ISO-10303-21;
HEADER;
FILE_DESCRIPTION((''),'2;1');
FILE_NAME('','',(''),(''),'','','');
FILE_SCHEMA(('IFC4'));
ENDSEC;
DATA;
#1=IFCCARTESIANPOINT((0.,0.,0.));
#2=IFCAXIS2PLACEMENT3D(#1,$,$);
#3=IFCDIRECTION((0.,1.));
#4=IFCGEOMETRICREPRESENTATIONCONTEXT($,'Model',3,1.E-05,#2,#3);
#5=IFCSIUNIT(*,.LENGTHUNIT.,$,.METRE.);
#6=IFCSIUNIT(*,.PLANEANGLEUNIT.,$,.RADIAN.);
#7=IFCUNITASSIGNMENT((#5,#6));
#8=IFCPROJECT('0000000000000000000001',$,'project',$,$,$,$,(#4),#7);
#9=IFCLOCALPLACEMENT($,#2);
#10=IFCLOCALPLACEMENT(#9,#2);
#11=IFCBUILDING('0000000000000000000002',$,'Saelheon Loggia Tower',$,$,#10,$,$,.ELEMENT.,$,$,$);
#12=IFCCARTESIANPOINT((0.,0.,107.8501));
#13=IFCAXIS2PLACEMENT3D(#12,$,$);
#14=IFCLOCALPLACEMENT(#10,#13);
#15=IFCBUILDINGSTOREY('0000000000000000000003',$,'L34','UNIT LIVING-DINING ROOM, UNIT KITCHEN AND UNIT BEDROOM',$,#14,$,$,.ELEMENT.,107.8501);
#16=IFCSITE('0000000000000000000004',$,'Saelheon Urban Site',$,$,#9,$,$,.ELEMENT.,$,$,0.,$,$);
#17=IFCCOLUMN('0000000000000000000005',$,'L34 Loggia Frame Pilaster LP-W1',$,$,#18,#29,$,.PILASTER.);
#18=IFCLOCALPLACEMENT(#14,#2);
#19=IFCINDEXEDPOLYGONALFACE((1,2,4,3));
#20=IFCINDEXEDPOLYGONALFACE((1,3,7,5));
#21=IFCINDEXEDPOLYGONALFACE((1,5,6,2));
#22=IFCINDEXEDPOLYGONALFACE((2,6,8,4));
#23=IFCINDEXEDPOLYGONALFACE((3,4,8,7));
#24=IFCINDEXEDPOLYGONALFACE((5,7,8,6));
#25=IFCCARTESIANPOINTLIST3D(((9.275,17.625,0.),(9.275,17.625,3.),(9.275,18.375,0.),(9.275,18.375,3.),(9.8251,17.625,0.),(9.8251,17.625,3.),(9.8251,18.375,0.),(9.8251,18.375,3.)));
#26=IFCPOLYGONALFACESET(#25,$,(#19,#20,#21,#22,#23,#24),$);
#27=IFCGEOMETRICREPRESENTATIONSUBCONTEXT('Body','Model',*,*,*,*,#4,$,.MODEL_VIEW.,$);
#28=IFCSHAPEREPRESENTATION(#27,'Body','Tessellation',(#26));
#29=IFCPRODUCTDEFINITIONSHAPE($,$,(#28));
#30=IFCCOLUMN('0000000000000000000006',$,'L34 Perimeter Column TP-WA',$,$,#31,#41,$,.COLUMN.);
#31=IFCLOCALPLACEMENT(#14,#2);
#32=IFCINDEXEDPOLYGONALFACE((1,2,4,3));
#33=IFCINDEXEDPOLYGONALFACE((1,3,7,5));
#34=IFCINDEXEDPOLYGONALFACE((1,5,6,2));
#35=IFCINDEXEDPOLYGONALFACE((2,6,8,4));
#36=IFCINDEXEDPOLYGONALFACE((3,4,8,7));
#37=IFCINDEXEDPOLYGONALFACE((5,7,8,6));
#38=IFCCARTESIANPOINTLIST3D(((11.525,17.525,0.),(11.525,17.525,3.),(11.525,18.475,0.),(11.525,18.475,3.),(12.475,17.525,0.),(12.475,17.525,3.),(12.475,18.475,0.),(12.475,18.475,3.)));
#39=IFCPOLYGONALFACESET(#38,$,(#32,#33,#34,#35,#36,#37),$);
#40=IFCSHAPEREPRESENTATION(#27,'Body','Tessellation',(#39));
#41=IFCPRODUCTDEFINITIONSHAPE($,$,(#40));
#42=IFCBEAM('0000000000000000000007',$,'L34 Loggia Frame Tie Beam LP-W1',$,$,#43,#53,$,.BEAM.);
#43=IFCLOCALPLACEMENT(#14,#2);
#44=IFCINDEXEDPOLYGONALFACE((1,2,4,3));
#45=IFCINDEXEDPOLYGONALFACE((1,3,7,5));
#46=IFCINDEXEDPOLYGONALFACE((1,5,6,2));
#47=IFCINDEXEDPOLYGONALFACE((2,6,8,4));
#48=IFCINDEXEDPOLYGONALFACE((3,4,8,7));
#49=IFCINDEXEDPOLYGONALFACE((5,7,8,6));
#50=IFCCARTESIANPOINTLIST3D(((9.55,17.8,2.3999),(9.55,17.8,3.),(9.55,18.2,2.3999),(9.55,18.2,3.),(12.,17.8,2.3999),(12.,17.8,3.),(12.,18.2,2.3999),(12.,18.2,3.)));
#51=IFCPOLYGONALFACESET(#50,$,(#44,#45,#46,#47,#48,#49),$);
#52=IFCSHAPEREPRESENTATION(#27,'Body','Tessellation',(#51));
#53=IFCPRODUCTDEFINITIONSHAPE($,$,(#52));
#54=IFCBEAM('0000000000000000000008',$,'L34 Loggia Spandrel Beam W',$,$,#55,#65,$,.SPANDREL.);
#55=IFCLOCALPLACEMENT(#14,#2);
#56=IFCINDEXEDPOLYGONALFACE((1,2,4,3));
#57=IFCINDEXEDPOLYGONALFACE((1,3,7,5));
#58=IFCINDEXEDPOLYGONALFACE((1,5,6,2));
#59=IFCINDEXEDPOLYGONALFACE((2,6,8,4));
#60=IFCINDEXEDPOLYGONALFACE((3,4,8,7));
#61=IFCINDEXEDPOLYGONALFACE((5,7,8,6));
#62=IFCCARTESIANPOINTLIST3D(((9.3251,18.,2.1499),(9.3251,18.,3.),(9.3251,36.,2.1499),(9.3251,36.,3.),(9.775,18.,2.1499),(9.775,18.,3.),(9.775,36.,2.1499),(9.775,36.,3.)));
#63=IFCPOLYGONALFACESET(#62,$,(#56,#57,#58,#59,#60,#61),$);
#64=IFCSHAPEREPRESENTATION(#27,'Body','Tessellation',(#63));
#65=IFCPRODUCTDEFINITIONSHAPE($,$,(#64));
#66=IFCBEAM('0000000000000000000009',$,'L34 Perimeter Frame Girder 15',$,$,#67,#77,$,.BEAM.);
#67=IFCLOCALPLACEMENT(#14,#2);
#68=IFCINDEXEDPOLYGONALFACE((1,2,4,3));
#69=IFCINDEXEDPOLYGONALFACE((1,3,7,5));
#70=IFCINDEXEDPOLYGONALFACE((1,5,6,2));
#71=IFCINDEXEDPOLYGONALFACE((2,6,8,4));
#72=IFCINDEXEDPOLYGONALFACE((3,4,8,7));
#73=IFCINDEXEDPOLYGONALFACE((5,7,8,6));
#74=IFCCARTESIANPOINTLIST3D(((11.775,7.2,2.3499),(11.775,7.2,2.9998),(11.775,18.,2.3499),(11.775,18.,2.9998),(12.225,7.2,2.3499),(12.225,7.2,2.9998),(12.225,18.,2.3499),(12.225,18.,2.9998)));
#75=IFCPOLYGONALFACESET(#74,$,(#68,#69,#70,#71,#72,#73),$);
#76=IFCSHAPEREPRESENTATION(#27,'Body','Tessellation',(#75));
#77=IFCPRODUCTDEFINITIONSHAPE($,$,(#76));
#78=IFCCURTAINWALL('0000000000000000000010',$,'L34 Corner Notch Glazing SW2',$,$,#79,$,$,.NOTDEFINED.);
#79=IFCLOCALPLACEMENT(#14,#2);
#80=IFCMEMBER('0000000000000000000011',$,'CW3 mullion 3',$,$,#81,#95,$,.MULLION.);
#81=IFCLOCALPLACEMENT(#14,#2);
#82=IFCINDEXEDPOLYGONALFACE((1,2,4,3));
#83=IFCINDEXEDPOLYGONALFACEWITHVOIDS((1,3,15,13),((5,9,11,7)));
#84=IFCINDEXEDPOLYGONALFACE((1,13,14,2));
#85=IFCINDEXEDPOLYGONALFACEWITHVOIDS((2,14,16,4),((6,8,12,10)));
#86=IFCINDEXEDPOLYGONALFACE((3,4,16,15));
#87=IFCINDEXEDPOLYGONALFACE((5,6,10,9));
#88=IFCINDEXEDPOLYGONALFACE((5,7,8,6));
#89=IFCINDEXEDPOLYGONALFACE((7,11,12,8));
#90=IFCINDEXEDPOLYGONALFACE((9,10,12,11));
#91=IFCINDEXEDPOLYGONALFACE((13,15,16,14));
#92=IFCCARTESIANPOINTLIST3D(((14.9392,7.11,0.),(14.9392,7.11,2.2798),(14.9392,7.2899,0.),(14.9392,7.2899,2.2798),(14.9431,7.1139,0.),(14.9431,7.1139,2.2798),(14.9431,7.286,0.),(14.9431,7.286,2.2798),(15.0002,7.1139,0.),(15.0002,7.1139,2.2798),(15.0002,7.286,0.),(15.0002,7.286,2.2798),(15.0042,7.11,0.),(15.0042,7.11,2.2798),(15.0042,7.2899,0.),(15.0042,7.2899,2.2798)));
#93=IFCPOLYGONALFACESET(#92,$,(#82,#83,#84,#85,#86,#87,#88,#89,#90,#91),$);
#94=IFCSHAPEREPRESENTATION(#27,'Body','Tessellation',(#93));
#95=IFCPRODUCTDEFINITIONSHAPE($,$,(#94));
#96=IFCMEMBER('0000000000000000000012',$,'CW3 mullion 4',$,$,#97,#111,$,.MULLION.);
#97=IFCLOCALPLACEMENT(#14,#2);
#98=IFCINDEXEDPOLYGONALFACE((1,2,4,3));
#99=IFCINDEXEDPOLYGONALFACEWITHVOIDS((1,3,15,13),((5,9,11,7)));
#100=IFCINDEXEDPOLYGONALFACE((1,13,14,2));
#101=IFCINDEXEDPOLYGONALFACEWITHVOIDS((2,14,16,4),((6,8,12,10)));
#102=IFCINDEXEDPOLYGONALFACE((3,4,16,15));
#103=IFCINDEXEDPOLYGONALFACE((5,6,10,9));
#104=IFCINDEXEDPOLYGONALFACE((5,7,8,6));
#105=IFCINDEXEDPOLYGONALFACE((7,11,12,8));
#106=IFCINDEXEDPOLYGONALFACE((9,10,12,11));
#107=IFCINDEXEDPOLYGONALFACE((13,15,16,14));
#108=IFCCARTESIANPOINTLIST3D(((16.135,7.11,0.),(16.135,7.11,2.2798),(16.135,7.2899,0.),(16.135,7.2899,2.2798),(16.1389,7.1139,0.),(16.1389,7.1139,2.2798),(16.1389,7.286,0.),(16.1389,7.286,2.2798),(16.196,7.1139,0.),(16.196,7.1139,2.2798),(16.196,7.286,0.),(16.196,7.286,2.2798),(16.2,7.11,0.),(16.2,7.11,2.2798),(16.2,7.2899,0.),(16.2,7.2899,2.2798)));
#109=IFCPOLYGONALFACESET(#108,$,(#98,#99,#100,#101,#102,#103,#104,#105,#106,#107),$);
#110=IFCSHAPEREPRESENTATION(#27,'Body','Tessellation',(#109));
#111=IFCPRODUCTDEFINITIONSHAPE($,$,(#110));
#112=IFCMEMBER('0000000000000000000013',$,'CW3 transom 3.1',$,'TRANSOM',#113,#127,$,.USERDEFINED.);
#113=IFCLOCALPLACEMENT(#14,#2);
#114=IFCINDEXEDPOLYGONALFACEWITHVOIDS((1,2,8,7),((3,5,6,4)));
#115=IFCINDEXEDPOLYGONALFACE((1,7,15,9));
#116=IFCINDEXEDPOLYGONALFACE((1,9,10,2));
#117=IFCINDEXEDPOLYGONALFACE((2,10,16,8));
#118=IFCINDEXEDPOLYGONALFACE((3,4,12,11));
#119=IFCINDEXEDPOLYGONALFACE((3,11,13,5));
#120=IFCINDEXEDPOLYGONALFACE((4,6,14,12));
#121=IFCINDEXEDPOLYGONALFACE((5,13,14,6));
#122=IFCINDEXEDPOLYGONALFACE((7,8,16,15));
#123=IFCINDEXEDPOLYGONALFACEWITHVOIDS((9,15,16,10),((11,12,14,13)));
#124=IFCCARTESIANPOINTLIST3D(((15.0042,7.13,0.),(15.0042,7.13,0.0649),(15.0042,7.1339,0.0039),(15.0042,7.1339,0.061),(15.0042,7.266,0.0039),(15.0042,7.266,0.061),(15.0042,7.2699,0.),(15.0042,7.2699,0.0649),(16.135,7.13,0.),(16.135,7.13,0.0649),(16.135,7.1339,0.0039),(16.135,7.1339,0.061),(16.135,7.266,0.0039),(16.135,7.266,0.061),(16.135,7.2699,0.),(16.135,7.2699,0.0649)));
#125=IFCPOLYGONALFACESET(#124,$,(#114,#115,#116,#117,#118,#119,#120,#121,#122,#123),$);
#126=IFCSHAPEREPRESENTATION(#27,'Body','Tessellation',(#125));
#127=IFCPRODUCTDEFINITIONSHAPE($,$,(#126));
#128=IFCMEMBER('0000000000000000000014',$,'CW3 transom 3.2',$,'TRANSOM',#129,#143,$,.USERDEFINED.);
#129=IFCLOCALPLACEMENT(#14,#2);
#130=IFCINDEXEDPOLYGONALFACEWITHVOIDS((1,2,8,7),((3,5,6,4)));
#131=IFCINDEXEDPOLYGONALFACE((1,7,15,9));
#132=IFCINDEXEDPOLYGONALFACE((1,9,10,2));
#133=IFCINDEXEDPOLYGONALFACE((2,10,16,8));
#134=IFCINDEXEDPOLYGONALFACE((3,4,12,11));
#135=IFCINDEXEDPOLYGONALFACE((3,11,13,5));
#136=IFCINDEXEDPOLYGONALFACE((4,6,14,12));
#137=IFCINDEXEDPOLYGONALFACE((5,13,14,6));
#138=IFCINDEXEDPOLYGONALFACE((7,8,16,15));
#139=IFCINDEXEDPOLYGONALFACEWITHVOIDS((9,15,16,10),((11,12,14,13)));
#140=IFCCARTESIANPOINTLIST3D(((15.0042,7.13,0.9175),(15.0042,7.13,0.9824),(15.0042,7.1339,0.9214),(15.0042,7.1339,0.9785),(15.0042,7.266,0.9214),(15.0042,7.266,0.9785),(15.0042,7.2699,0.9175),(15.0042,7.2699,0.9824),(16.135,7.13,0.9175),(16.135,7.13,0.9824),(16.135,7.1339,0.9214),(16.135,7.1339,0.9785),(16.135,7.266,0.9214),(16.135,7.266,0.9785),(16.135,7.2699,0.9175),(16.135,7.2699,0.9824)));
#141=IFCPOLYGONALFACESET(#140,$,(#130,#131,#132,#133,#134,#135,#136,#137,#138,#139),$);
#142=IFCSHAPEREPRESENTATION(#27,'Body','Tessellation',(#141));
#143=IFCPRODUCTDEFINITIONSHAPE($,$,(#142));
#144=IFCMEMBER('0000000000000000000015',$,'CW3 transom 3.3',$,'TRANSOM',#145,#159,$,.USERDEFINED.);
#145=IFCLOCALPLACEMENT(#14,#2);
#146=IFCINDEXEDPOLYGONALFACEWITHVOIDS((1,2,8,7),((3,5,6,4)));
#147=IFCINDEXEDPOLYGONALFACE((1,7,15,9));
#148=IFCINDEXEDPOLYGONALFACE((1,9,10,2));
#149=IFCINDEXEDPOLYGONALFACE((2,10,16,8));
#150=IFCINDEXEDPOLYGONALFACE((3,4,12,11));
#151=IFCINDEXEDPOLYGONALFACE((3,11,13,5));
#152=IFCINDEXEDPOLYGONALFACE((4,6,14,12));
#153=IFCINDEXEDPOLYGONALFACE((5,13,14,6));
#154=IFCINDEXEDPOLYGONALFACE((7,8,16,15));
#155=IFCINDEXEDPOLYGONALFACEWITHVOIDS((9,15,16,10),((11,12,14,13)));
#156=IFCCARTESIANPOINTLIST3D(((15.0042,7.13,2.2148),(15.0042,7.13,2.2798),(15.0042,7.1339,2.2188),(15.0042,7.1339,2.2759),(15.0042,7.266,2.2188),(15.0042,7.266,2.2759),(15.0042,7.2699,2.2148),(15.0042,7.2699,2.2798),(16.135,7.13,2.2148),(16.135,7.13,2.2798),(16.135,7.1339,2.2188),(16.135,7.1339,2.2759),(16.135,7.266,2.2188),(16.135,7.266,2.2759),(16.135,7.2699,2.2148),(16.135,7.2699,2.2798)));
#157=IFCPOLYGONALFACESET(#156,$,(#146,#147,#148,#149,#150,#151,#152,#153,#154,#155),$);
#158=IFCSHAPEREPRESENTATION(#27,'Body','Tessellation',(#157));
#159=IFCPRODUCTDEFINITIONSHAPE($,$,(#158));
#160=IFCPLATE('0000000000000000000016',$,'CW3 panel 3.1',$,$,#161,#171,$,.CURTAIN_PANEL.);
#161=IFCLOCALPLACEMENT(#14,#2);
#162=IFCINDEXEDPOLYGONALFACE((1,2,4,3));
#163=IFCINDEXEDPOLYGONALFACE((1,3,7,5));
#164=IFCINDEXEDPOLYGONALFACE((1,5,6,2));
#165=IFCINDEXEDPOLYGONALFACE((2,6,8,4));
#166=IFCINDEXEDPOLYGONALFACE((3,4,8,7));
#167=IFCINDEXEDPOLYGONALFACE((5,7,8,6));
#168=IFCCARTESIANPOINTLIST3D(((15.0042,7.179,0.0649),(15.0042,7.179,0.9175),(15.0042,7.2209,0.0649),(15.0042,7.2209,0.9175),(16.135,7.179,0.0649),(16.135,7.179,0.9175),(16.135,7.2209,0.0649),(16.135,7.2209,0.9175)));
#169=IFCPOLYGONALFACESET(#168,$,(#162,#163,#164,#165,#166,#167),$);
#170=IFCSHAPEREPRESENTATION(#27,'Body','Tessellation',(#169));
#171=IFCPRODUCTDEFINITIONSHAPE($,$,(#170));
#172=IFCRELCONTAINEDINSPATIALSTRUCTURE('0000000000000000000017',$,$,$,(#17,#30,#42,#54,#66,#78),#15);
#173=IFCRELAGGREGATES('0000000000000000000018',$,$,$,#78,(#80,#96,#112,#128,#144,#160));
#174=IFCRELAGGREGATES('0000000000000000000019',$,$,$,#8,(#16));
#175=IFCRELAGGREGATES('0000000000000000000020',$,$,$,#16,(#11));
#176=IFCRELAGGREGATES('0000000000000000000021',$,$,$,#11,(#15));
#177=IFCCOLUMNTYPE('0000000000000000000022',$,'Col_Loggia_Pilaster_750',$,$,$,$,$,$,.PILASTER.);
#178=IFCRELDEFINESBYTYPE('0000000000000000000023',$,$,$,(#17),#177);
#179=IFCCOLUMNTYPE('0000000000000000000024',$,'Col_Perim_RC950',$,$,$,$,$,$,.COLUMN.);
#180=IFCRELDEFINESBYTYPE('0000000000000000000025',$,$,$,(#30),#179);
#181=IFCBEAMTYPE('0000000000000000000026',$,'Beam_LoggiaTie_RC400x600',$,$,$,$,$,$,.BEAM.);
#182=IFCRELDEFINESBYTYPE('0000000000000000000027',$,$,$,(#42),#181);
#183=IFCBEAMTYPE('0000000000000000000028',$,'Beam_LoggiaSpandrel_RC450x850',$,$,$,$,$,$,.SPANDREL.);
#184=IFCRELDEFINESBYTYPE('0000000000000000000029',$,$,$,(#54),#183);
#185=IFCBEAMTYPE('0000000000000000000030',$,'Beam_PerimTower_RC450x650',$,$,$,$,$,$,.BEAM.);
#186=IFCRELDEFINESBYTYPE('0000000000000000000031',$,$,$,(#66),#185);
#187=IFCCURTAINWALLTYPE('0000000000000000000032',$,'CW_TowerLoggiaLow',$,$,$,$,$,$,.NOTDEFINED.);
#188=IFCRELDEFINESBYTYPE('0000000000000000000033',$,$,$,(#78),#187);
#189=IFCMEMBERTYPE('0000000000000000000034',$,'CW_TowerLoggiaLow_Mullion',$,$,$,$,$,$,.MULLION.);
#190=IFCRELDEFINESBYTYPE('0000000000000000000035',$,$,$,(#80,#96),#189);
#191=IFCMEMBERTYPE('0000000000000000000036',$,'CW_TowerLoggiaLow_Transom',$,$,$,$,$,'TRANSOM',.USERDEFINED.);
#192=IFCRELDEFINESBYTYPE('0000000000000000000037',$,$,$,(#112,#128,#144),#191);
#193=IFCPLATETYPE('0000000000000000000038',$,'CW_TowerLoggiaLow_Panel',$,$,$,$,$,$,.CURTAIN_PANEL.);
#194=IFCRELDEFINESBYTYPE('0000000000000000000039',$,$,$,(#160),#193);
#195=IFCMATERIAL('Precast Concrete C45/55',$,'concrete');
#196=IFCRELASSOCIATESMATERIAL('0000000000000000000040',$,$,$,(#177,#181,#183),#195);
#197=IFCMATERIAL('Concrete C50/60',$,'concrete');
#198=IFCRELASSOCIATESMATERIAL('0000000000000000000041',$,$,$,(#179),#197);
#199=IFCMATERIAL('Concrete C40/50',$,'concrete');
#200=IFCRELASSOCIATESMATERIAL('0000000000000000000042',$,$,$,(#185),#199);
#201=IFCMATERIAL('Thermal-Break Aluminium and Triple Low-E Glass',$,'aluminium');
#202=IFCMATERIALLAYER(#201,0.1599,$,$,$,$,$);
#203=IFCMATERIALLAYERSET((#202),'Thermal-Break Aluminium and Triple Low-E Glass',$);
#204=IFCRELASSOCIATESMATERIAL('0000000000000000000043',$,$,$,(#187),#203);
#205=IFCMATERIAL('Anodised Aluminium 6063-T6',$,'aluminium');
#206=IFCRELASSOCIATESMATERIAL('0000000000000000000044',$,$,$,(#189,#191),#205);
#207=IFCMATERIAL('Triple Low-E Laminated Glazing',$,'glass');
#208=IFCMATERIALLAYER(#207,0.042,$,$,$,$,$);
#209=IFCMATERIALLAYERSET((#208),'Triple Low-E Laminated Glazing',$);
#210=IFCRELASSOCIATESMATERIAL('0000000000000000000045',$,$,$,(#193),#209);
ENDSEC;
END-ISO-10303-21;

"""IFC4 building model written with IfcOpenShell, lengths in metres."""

from ifc_helpers import new_model, si_unit, direction, frame, origin, origin_2d, place, context, subcontext, project, spatial, rectangle, hollow_rectangle, extrude, source, transform, mapped, material, layer, layer_set, material_profile, profile_set, type_object, element, aggregate, save


model = new_model("IFC4")

# Units and contexts
model_context = context("Model", 3, precision=1e-05, world=origin(), true_north=direction((0.0, 1.0)))
body_context = subcontext(model_context, "Body", "Model", "MODEL_VIEW")
ifc_project = project(units=[si_unit("LENGTHUNIT", "METRE"), si_unit("PLANEANGLEUNIT", "RADIAN")], contexts=[model_context])

# Site, building, storey
site_placement = place(None, origin())
site = spatial("IfcSite", under=ifc_project, at=site_placement, Name="Saelheon Urban Site", CompositionType="ELEMENT", RefElevation=0.0)
building_placement = place(site_placement, origin())
building = spatial("IfcBuilding", under=site, at=building_placement, Name="Saelheon Loggia Tower", CompositionType="ELEMENT")
storey_placement = place(building_placement, frame((0.0, 0.0, 107.8501)))
storey = spatial("IfcBuildingStorey", under=building, at=storey_placement, Name="L34", Description="UNIT LIVING-DINING ROOM, UNIT KITCHEN AND UNIT BEDROOM", CompositionType="ELEMENT", Elevation=107.8501)

# Columns
ifc_material_1 = material(Name="Precast Concrete C45/55", Category="concrete")
ifc_material_profile_1 = material_profile(ifc_material_1, rectangle(XDim=0.55, YDim=0.75, at=origin_2d()), Name="RC-550x750")
ifc_profile_set_1 = profile_set([ifc_material_profile_1], Name="Precast Concrete C45/55")
column_type_1 = type_object("IfcColumnType", Name="Col_Loggia_Pilaster_750", PredefinedType="PILASTER", material=ifc_profile_set_1)
shared_shape_1 = source(origin(), body_context, "Body", "SweptSolid", [
    extrude(rectangle(XDim=0.55, YDim=0.75, at=origin_2d()), origin(), (0.0, 0.0, 1.0), 3.0),
])
column_1_placement = place(storey_placement, frame((9.55, 18.0, 0.0), z_axis=(0.0, 0.0, 1.0), x_axis=(1.0, 0.0, 0.0)))
element("IfcColumn", 1, at=column_1_placement, inside=storey, type_object=column_type_1, Name="L34 Loggia Frame Pilaster LP-W1", PredefinedType="PILASTER", context=body_context, shape_type="MappedRepresentation", body=[
    mapped(shared_shape_1, transform((0.0, 0.0, 0.0), scale=1.0)),
])
ifc_material_2 = material(Name="Concrete C50/60", Category="concrete")
ifc_material_profile_2 = material_profile(ifc_material_2, rectangle(XDim=0.95, YDim=0.95, at=origin_2d()), Name="RC-950x950")
ifc_profile_set_2 = profile_set([ifc_material_profile_2], Name="Concrete C50/60")
column_type_2 = type_object("IfcColumnType", Name="Col_Perim_RC950", PredefinedType="COLUMN", material=ifc_profile_set_2)
shared_shape_2 = source(origin(), body_context, "Body", "SweptSolid", [
    extrude(rectangle(XDim=0.95, YDim=0.95, at=origin_2d()), origin(), (0.0, 0.0, 1.0), 3.0),
])
column_2_placement = place(storey_placement, frame((12.0, 18.0, 0.0), z_axis=(0.0, 0.0, 1.0), x_axis=(1.0, 0.0, 0.0)))
element("IfcColumn", 2, at=column_2_placement, inside=storey, type_object=column_type_2, Name="L34 Perimeter Column TP-WA", PredefinedType="COLUMN", context=body_context, shape_type="MappedRepresentation", body=[
    mapped(shared_shape_2, transform((0.0, 0.0, 0.0), scale=1.0)),
])

# Beams
ifc_material_profile_3 = material_profile(ifc_material_1, rectangle(XDim=0.3999, YDim=0.6001, at=origin_2d()), Name="RC-400x600")
ifc_profile_set_3 = profile_set([ifc_material_profile_3], Name="Precast Concrete C45/55")
beam_type_1 = type_object("IfcBeamType", Name="Beam_LoggiaTie_RC400x600", PredefinedType="BEAM", material=ifc_profile_set_3)
shared_shape_3 = source(origin(), body_context, "Body", "SweptSolid", [
    extrude(rectangle(XDim=0.3999, YDim=0.6001, at=origin_2d()), origin(), (0.0, 0.0, 1.0), 2.45),
])
beam_1_placement = place(storey_placement, frame((12.0, 18.0, 2.7), z_axis=(-1.0, 0.0, 0.0), x_axis=(0.0, -1.0, 0.0)))
element("IfcBeam", 3, at=beam_1_placement, inside=storey, type_object=beam_type_1, Name="L34 Loggia Frame Tie Beam LP-W1", PredefinedType="BEAM", context=body_context, shape_type="MappedRepresentation", body=[
    mapped(shared_shape_3, transform((0.0, 0.0, 0.0), scale=1.0)),
])
ifc_material_profile_4 = material_profile(ifc_material_1, rectangle(XDim=0.45, YDim=0.8501, at=origin_2d()), Name="RC-450x850")
ifc_profile_set_4 = profile_set([ifc_material_profile_4], Name="Precast Concrete C45/55")
beam_type_2 = type_object("IfcBeamType", Name="Beam_LoggiaSpandrel_RC450x850", PredefinedType="SPANDREL", material=ifc_profile_set_4)
shared_shape_4 = source(origin(), body_context, "Body", "SweptSolid", [
    extrude(rectangle(XDim=0.45, YDim=0.8501, at=origin_2d()), origin(), (0.0, 0.0, 1.0), 18.0),
])
beam_2_placement = place(storey_placement, frame((9.55, 18.0, 2.575), z_axis=(0.0, 1.0, 0.0), x_axis=(-1.0, 0.0, 0.0)))
element("IfcBeam", 4, at=beam_2_placement, inside=storey, type_object=beam_type_2, Name="L34 Loggia Spandrel Beam W", PredefinedType="SPANDREL", context=body_context, shape_type="MappedRepresentation", body=[
    mapped(shared_shape_4, transform((0.0, 0.0, 0.0), scale=1.0)),
])
ifc_material_3 = material(Name="Concrete C40/50", Category="concrete")
ifc_material_profile_5 = material_profile(ifc_material_3, rectangle(XDim=0.45, YDim=0.6499, at=origin_2d()), Name="RC-450x650")
ifc_profile_set_5 = profile_set([ifc_material_profile_5], Name="Concrete C40/50")
beam_type_3 = type_object("IfcBeamType", Name="Beam_PerimTower_RC450x650", PredefinedType="BEAM", material=ifc_profile_set_5)
shared_shape_5 = source(origin(), body_context, "Body", "SweptSolid", [
    extrude(rectangle(XDim=0.45, YDim=0.6499, at=origin_2d()), origin(), (0.0, 0.0, 1.0), 10.8),
])
beam_3_placement = place(storey_placement, frame((12.0, 18.0, 2.6748), z_axis=(0.0, -1.0, 0.0), x_axis=(1.0, 0.0, 0.0)))
element("IfcBeam", 5, at=beam_3_placement, inside=storey, type_object=beam_type_3, Name="L34 Perimeter Frame Girder 15", PredefinedType="BEAM", context=body_context, shape_type="MappedRepresentation", body=[
    mapped(shared_shape_5, transform((0.0, 0.0, 0.0), scale=1.0)),
])

# Curtain wall, members, plate
ifc_material_4 = material(Name="Thermal-Break Aluminium and Triple Low-E Glass", Category="aluminium")
ifc_layer_1 = layer(ifc_material_4, 0.1599)
ifc_layer_set_1 = layer_set([ifc_layer_1], Name="Thermal-Break Aluminium and Triple Low-E Glass")
curtain_wall_type = type_object("IfcCurtainWallType", Name="CW_TowerLoggiaLow", PredefinedType="NOTDEFINED", material=ifc_layer_set_1)
curtain_wall_placement = place(storey_placement, origin())
curtain_wall = element("IfcCurtainWall", 6, at=curtain_wall_placement, inside=storey, type_object=curtain_wall_type, Name="L34 Corner Notch Glazing SW2", PredefinedType="NOTDEFINED")
ifc_material_5 = material(Name="Anodised Aluminium 6063-T6", Category="aluminium")
ifc_material_profile_6 = material_profile(ifc_material_5, hollow_rectangle(XDim=0.0649, YDim=0.1799, WallThickness=0.0039, at=origin_2d()), Name="RHS-180x65x4")
ifc_profile_set_6 = profile_set([ifc_material_profile_6], Name="Anodised Aluminium 6063-T6")
member_type_1 = type_object("IfcMemberType", Name="CW_TowerLoggiaLow_Mullion", PredefinedType="MULLION", material=ifc_profile_set_6)
shared_shape_6 = source(origin(), body_context, "Body", "SweptSolid", [
    extrude(hollow_rectangle(XDim=0.0649, YDim=0.1799, WallThickness=0.0039, at=origin_2d()), origin(), (0.0, 0.0, 1.0), 2.2798),
])
member_1_placement = place(storey_placement, frame((14.9717, 7.2, 0.0), z_axis=(0.0, 0.0, 1.0), x_axis=(1.0, 0.0, 0.0)))
member_1 = element("IfcMember", 7, at=member_1_placement, type_object=member_type_1, Name="CW3 mullion 3", PredefinedType="MULLION", context=body_context, shape_type="MappedRepresentation", body=[
    mapped(shared_shape_6, transform((0.0, 0.0, 0.0), scale=1.0)),
])
member_2_placement = place(storey_placement, frame((16.1675, 7.2, 0.0), z_axis=(0.0, 0.0, 1.0), x_axis=(1.0, 0.0, 0.0)))
member_2 = element("IfcMember", 8, at=member_2_placement, type_object=member_type_1, Name="CW3 mullion 4", PredefinedType="MULLION", context=body_context, shape_type="MappedRepresentation", body=[
    mapped(shared_shape_6, transform((0.0, 0.0, 0.0), scale=1.0)),
])
ifc_material_profile_7 = material_profile(ifc_material_5, hollow_rectangle(XDim=0.0649, YDim=0.1399, WallThickness=0.0039, at=origin_2d()), Name="RHS-140x65x4")
ifc_profile_set_7 = profile_set([ifc_material_profile_7], Name="Anodised Aluminium 6063-T6")
member_type_2 = type_object("IfcMemberType", Name="CW_TowerLoggiaLow_Transom", ElementType="TRANSOM", PredefinedType="USERDEFINED", material=ifc_profile_set_7)
shared_shape_7 = source(origin(), body_context, "Body", "SweptSolid", [
    extrude(hollow_rectangle(XDim=0.0649, YDim=0.1399, WallThickness=0.0039, at=origin_2d()), origin(), (0.0, 0.0, 1.0), 1.1309),
])
member_3_placement = place(storey_placement, frame((15.0042, 7.2, 0.0325), z_axis=(1.0, 0.0, 0.0), x_axis=(0.0, 0.0, 1.0)))
member_3 = element("IfcMember", 9, at=member_3_placement, type_object=member_type_2, Name="CW3 transom 3.1", ObjectType="TRANSOM", PredefinedType="USERDEFINED", context=body_context, shape_type="MappedRepresentation", body=[
    mapped(shared_shape_7, transform((0.0, 0.0, 0.0), scale=1.0)),
])
member_4_placement = place(storey_placement, frame((15.0042, 7.2, 0.95), z_axis=(1.0, 0.0, 0.0), x_axis=(0.0, 0.0, 1.0)))
member_4 = element("IfcMember", 10, at=member_4_placement, type_object=member_type_2, Name="CW3 transom 3.2", ObjectType="TRANSOM", PredefinedType="USERDEFINED", context=body_context, shape_type="MappedRepresentation", body=[
    mapped(shared_shape_7, transform((0.0, 0.0, 0.0), scale=1.0)),
])
member_5_placement = place(storey_placement, frame((15.0042, 7.2, 2.2473), z_axis=(1.0, 0.0, 0.0), x_axis=(0.0, 0.0, 1.0)))
member_5 = element("IfcMember", 11, at=member_5_placement, type_object=member_type_2, Name="CW3 transom 3.3", ObjectType="TRANSOM", PredefinedType="USERDEFINED", context=body_context, shape_type="MappedRepresentation", body=[
    mapped(shared_shape_7, transform((0.0, 0.0, 0.0), scale=1.0)),
])
ifc_material_6 = material(Name="Triple Low-E Laminated Glazing", Category="glass")
ifc_layer_2 = layer(ifc_material_6, 0.042)
ifc_layer_set_2 = layer_set([ifc_layer_2], Name="Triple Low-E Laminated Glazing")
plate_type = type_object("IfcPlateType", Name="CW_TowerLoggiaLow_Panel", PredefinedType="CURTAIN_PANEL", material=ifc_layer_set_2)
shared_shape_8 = source(origin(), body_context, "Body", "SweptSolid", [
    extrude(rectangle(XDim=1.1309, YDim=0.042, at=origin_2d()), origin(), (0.0, 0.0, 1.0), 0.8525),
])
plate_1_placement = place(storey_placement, frame((15.5696, 7.2, 0.0649), z_axis=(0.0, 0.0, 1.0), x_axis=(1.0, 0.0, 0.0)))
plate_1 = element("IfcPlate", 12, at=plate_1_placement, type_object=plate_type, Name="CW3 panel 3.1", PredefinedType="CURTAIN_PANEL", context=body_context, shape_type="MappedRepresentation", body=[
    mapped(shared_shape_8, transform((0.0, 0.0, 0.0), scale=1.0)),
])
aggregate(curtain_wall, [member_1, member_2, member_3, member_4, member_5, plate_1])

save(model, "model.ifc")
